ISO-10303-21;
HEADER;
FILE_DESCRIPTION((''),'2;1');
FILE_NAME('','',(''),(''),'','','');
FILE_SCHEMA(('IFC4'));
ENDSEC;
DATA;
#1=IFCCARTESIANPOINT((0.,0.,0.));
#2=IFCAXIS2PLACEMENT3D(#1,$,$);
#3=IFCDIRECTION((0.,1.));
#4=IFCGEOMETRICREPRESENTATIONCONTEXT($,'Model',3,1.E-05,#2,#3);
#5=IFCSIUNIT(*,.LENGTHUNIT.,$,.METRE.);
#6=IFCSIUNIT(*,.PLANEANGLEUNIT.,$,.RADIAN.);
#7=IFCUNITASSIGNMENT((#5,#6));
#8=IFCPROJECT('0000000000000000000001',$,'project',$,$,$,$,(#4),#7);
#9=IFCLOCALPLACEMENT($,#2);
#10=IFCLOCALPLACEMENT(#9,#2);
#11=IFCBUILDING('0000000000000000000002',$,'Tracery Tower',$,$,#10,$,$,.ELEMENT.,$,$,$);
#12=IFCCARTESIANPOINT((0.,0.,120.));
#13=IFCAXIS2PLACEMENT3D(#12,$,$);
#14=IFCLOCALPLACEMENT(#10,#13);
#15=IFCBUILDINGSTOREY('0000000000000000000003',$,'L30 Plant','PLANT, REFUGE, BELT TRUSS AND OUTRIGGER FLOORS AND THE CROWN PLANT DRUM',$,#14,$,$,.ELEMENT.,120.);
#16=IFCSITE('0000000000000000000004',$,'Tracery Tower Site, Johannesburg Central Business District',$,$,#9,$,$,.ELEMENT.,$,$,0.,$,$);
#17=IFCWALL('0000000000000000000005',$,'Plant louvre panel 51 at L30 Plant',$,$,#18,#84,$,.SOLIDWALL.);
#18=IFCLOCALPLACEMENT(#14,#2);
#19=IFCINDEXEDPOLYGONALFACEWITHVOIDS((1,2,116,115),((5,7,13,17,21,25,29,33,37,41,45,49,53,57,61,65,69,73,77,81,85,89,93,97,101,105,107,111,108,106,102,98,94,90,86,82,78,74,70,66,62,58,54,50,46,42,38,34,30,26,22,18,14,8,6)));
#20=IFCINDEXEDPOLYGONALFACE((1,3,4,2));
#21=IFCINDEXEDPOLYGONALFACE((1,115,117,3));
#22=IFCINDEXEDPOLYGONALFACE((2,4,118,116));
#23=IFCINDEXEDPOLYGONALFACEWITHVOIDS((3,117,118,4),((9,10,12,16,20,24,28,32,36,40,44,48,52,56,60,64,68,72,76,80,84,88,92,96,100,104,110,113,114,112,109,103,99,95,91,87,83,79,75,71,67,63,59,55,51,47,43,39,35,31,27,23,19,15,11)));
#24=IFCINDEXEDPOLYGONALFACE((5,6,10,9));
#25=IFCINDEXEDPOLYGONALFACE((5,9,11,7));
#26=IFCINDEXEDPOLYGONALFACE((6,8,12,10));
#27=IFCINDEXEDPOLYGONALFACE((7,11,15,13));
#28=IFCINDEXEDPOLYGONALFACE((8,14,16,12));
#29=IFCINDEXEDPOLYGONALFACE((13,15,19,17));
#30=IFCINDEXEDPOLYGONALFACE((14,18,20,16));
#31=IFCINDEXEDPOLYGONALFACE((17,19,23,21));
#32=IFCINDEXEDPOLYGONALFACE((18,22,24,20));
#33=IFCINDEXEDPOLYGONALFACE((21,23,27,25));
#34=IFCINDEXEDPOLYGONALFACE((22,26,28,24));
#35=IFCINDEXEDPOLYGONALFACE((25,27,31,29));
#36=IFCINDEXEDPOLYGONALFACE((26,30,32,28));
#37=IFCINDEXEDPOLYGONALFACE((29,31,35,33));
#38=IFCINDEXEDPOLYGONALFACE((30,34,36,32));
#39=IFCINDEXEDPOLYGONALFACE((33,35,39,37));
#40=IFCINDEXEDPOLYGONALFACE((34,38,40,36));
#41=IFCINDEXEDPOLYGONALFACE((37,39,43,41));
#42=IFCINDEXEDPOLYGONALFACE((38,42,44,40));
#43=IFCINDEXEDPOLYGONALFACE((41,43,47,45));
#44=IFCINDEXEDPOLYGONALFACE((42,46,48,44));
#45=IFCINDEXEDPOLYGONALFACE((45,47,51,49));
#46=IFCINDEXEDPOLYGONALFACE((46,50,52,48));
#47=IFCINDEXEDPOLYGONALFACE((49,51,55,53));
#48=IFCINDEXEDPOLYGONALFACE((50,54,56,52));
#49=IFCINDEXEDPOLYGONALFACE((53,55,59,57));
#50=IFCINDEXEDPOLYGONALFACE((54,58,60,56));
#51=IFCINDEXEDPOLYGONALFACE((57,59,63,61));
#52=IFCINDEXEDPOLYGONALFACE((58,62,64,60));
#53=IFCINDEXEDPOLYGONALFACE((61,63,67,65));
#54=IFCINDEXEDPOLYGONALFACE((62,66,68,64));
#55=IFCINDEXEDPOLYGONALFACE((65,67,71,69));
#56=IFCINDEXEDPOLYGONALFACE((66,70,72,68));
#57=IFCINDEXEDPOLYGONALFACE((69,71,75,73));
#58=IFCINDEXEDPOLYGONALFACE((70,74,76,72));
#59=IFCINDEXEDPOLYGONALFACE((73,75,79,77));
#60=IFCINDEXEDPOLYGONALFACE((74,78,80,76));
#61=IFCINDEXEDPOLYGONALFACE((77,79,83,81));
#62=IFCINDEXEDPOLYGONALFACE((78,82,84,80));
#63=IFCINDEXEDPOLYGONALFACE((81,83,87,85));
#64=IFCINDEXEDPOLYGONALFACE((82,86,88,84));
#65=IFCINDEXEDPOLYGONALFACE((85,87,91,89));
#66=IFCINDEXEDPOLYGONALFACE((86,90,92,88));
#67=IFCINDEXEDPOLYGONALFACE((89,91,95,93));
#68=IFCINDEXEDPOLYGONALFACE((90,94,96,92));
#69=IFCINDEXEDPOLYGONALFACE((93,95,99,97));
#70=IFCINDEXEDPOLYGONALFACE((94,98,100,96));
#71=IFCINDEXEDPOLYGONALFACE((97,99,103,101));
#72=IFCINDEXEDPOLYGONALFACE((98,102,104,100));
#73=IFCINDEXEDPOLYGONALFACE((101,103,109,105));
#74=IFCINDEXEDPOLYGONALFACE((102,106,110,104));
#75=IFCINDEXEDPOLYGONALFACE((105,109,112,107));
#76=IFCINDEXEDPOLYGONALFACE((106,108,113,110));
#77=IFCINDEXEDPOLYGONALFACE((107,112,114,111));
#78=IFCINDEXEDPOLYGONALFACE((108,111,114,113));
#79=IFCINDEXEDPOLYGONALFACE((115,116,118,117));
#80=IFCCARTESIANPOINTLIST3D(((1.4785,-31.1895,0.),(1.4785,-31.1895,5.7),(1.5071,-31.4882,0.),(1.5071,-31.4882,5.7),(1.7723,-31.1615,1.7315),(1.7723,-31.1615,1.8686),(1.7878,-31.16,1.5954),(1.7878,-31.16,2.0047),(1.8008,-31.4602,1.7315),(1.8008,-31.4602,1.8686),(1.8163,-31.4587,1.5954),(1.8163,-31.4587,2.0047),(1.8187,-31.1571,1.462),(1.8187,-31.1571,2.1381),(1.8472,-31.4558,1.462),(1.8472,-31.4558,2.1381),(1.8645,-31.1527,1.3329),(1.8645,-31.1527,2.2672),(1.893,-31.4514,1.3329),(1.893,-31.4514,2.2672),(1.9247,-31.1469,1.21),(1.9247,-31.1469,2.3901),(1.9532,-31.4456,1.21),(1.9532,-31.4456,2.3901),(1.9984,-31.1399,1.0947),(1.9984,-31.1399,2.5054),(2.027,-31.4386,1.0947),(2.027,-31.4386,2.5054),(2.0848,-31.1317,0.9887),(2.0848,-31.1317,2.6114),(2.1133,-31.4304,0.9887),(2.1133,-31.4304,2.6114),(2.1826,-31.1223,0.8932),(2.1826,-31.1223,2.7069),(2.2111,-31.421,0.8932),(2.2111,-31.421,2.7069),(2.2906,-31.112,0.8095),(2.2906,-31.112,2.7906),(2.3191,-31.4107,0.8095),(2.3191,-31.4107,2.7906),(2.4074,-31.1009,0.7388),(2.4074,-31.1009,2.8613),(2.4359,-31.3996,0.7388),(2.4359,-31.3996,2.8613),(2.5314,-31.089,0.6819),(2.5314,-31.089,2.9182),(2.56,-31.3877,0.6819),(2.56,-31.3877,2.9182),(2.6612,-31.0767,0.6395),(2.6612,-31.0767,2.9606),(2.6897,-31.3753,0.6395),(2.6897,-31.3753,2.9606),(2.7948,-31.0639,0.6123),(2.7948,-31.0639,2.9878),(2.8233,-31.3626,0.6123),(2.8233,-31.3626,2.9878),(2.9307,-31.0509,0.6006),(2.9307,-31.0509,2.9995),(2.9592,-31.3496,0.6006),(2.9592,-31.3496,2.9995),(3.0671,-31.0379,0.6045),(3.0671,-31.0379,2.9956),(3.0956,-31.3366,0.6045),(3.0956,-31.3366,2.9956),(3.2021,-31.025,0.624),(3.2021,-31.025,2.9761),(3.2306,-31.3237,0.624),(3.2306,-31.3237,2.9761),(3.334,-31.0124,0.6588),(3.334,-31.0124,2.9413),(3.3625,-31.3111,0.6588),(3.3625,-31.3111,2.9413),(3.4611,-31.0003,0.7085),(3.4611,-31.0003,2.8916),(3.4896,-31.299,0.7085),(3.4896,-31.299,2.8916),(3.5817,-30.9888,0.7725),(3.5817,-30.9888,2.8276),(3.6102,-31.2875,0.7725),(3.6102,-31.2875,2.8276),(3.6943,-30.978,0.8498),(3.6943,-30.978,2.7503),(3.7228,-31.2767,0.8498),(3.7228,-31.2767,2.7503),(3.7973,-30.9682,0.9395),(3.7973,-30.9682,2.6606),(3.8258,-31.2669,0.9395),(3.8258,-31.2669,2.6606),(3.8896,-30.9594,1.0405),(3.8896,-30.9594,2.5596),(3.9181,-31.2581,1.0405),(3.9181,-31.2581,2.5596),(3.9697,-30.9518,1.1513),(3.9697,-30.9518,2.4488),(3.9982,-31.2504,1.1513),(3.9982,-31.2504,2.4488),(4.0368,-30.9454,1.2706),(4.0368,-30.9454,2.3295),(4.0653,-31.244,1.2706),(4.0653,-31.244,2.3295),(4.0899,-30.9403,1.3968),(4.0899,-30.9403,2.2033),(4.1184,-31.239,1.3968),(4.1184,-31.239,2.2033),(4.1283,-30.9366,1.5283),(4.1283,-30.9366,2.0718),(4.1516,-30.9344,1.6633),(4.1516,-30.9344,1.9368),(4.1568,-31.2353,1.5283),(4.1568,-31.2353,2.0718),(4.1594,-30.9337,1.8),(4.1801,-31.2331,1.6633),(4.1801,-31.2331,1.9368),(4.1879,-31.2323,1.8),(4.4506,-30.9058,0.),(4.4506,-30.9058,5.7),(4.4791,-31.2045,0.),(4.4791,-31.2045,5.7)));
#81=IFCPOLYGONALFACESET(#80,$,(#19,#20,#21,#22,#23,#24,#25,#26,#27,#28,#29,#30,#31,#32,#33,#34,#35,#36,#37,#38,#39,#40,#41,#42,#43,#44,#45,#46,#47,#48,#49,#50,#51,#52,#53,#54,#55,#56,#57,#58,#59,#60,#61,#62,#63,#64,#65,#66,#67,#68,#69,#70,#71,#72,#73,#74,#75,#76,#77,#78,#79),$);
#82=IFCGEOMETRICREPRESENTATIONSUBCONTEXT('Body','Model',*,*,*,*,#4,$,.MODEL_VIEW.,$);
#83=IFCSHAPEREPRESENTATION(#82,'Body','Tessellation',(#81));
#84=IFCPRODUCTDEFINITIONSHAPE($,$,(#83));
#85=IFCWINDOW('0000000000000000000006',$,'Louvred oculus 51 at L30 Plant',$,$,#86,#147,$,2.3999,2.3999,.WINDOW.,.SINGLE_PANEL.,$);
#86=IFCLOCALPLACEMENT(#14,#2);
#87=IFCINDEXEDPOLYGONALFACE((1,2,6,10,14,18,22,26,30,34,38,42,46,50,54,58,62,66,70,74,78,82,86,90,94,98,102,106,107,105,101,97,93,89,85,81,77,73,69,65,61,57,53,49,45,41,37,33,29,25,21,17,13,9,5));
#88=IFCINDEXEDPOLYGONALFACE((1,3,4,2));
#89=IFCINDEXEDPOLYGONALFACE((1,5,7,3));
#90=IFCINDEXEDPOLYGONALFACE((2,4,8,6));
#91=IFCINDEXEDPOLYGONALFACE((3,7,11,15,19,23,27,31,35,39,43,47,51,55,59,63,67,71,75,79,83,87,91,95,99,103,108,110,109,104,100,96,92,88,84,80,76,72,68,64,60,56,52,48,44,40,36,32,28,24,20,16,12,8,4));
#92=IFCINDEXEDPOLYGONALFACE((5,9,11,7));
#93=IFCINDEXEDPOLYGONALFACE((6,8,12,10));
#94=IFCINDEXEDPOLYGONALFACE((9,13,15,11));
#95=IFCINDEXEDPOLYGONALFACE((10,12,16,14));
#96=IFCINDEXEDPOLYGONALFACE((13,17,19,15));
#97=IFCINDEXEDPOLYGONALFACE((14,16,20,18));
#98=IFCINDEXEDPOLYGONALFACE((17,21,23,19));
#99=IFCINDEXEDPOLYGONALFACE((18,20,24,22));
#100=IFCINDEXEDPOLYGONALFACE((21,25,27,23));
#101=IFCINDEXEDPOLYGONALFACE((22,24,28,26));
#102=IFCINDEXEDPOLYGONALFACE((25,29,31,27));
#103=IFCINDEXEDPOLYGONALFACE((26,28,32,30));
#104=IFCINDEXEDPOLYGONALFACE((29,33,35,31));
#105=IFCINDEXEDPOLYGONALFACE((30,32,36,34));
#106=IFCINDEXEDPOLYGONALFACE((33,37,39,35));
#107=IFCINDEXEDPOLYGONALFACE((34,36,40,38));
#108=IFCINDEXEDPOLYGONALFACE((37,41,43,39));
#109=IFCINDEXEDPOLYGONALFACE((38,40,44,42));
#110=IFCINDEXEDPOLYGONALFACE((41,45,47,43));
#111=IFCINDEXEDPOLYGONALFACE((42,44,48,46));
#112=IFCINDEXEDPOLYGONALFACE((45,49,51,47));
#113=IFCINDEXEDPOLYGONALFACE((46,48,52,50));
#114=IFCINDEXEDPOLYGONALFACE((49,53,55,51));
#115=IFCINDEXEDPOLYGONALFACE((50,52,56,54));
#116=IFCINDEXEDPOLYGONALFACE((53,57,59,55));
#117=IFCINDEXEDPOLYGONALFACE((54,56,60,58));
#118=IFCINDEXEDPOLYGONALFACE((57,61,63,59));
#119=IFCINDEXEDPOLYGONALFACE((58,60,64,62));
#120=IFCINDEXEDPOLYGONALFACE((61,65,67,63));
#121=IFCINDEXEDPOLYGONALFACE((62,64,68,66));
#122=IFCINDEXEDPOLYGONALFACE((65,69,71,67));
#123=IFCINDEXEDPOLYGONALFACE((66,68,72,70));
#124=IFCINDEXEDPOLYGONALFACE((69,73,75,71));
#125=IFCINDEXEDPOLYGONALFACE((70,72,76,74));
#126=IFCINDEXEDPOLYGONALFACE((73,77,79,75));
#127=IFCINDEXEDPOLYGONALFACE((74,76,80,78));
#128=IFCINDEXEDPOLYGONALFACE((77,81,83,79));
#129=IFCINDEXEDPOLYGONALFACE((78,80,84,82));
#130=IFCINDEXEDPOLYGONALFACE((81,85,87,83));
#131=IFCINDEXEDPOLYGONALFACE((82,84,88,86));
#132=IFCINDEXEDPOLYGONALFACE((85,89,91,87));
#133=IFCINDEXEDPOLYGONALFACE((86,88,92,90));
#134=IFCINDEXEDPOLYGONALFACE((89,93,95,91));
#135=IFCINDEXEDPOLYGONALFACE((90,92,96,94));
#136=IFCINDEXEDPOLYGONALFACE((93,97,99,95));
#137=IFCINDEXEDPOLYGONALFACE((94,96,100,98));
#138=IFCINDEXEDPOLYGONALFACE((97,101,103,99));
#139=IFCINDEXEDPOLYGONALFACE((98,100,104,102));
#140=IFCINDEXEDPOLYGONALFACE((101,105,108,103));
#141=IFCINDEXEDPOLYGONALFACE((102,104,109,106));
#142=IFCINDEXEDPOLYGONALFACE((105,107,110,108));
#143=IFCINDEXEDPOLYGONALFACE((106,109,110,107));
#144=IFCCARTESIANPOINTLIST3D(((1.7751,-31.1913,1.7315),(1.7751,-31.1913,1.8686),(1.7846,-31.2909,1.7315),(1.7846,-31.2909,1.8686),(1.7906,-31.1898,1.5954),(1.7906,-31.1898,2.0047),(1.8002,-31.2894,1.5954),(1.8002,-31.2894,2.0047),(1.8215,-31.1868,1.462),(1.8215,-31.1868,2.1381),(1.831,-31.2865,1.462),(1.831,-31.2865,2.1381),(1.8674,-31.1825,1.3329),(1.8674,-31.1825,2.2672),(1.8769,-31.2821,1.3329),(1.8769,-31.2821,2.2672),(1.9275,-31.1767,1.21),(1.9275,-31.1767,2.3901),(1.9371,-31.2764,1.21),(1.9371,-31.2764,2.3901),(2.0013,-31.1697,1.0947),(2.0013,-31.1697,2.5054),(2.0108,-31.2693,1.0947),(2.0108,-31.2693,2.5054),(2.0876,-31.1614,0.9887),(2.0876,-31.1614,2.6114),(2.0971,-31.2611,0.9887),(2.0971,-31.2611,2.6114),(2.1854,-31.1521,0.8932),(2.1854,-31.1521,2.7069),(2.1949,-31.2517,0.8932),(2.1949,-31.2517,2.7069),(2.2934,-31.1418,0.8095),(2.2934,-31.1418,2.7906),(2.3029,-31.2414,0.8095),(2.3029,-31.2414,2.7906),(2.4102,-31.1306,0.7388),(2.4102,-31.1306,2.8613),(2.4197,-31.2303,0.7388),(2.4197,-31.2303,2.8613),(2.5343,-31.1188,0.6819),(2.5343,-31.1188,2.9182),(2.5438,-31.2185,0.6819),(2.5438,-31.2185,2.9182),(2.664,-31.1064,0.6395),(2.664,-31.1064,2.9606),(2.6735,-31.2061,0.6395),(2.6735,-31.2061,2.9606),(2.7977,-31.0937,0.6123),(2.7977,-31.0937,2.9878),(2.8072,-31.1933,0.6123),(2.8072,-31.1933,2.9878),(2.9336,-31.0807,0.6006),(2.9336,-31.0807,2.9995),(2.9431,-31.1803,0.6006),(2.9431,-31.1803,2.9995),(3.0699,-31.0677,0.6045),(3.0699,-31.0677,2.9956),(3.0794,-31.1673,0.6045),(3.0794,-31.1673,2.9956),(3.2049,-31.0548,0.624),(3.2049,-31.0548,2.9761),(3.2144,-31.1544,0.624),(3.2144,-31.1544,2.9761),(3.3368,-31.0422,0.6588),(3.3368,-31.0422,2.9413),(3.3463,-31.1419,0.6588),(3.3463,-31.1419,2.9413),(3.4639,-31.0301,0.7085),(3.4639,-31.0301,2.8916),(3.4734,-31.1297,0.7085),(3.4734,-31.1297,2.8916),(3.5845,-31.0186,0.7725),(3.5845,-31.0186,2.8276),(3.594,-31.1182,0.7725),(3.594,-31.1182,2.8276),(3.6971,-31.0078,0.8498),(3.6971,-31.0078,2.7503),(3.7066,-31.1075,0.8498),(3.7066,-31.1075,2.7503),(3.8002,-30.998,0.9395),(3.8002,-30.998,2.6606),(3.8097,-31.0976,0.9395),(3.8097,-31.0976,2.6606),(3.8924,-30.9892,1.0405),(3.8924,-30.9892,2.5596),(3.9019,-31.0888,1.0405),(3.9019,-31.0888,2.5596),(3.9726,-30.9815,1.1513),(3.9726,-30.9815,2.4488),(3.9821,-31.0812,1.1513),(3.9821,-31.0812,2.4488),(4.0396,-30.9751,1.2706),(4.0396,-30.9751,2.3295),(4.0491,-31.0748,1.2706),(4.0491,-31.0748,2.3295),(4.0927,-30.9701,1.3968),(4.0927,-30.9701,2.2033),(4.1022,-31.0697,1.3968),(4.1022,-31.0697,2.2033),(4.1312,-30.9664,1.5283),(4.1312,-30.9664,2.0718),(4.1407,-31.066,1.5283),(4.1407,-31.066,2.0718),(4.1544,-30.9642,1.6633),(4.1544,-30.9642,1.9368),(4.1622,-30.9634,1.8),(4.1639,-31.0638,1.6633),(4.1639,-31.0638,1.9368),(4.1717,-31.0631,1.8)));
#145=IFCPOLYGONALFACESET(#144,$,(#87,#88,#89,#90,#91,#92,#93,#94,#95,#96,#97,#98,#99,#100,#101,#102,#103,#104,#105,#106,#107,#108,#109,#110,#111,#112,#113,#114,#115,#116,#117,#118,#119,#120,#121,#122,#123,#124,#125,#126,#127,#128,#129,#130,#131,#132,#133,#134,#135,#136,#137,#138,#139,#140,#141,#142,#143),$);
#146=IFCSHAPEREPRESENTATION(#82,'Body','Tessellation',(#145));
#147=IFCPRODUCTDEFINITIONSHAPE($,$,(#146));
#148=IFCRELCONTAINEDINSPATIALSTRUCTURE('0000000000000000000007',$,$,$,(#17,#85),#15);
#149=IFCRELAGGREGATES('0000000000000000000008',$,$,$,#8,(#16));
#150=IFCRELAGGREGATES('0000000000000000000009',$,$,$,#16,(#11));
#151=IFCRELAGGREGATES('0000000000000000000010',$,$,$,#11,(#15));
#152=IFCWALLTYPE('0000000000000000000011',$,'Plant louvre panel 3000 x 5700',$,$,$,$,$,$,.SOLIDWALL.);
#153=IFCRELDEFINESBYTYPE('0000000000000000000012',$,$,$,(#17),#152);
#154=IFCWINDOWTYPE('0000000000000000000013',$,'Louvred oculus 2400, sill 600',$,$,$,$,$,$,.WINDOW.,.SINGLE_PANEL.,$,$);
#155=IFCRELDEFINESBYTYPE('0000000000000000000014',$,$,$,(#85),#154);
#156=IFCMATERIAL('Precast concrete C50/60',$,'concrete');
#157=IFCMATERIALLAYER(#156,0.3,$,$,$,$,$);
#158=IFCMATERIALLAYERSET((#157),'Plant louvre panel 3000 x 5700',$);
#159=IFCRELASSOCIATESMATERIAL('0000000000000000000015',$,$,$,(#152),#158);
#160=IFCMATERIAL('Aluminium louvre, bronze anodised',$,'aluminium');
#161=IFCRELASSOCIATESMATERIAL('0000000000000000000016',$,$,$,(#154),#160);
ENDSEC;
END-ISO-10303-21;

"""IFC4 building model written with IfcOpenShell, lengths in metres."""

from ifc_helpers import new_model, si_unit, direction, frame, frame_2d, origin, origin_2d, place, context, subcontext, project, spatial, rectangle, circle, extrude, material, layer, layer_set, type_object, element, fill, save


model = new_model("IFC4")

# Units and contexts
model_context = context("Model", 3, precision=1e-05, world=origin(), true_north=direction((0.0, 1.0)))
body_context = subcontext(model_context, "Body", "Model", "MODEL_VIEW")
ifc_project = project(units=[si_unit("LENGTHUNIT", "METRE"), si_unit("PLANEANGLEUNIT", "RADIAN")], contexts=[model_context])

# Site, building, storey
site_placement = place(None, origin())
site = spatial("IfcSite", under=ifc_project, at=site_placement, Name="Tracery Tower Site, Johannesburg Central Business District", CompositionType="ELEMENT", RefElevation=0.0)
building_placement = place(site_placement, origin())
building = spatial("IfcBuilding", under=site, at=building_placement, Name="Tracery Tower", CompositionType="ELEMENT")
storey_placement = place(building_placement, frame((0.0, 0.0, 120.0)))
storey = spatial("IfcBuildingStorey", under=building, at=storey_placement, Name="L30 Plant", Description="PLANT, REFUGE, BELT TRUSS AND OUTRIGGER FLOORS AND THE CROWN PLANT DRUM", CompositionType="ELEMENT", Elevation=120.0)

# Wall, opening, window
ifc_material_1 = material(Name="Precast concrete C50/60", Category="concrete")
ifc_layer_1 = layer(ifc_material_1, 0.3)
ifc_layer_set_1 = layer_set([ifc_layer_1], Name="Plant louvre panel 3000 x 5700")
wall_type_1 = type_object("IfcWallType", Name="Plant louvre panel 3000 x 5700", PredefinedType="SOLIDWALL", material=ifc_layer_set_1)
wall_1_placement = place(storey_placement, frame((1.4929, -31.3389, 0.0), z_axis=(0.0, 0.0, 1.0), x_axis=(0.995476, 0.095017, 0.0)))
wall_1 = element("IfcWall", 1, at=wall_1_placement, inside=storey, type_object=wall_type_1, Name="Plant louvre panel 51 at L30 Plant", PredefinedType="SOLIDWALL", context=body_context, shape_type="SweptSolid", body=[
    extrude(rectangle(XDim=2.9856, YDim=0.3, at=frame_2d((1.4927, 0.0))), origin(), (0.0, 0.0, 1.0), 5.7),
])
opening_1_placement = place(wall_1_placement, frame((1.4929, 0.0, 1.8)))
opening_1 = element("IfcOpeningElement", 2, at=opening_1_placement, cuts=wall_1, PredefinedType="OPENING", context=body_context, shape_type="SweptSolid", body=[
    extrude(circle(Radius=1.2, at=origin_2d()), frame((0.0, 0.1599, 0.0), z_axis=(0.0, -1.0, 0.0), x_axis=(1.0, 0.0, 0.0)), (0.0, 0.0, 1.0), 0.3201),
])
ifc_material_2 = material(Name="Aluminium louvre, bronze anodised", Category="aluminium")
window_type = type_object("IfcWindowType", Name="Louvred oculus 2400, sill 600", PartitioningType="SINGLE_PANEL", PredefinedType="WINDOW", material=ifc_material_2)
window_1_placement = place(opening_1_placement, origin())
window_1 = element("IfcWindow", 3, at=window_1_placement, inside=storey, type_object=window_type, Name="Louvred oculus 51 at L30 Plant", OverallHeight=2.3999, OverallWidth=2.3999, PartitioningType="SINGLE_PANEL", PredefinedType="WINDOW", context=body_context, shape_type="SweptSolid", body=[
    extrude(circle(Radius=1.2, at=origin_2d()), frame((0.0, 0.1201, 0.0), z_axis=(0.0, -1.0, 0.0), x_axis=(1.0, 0.0, 0.0)), (0.0, 0.0, 1.0), 0.1001),
])
fill(opening_1, window_1)

save(model, "model.ifc")
